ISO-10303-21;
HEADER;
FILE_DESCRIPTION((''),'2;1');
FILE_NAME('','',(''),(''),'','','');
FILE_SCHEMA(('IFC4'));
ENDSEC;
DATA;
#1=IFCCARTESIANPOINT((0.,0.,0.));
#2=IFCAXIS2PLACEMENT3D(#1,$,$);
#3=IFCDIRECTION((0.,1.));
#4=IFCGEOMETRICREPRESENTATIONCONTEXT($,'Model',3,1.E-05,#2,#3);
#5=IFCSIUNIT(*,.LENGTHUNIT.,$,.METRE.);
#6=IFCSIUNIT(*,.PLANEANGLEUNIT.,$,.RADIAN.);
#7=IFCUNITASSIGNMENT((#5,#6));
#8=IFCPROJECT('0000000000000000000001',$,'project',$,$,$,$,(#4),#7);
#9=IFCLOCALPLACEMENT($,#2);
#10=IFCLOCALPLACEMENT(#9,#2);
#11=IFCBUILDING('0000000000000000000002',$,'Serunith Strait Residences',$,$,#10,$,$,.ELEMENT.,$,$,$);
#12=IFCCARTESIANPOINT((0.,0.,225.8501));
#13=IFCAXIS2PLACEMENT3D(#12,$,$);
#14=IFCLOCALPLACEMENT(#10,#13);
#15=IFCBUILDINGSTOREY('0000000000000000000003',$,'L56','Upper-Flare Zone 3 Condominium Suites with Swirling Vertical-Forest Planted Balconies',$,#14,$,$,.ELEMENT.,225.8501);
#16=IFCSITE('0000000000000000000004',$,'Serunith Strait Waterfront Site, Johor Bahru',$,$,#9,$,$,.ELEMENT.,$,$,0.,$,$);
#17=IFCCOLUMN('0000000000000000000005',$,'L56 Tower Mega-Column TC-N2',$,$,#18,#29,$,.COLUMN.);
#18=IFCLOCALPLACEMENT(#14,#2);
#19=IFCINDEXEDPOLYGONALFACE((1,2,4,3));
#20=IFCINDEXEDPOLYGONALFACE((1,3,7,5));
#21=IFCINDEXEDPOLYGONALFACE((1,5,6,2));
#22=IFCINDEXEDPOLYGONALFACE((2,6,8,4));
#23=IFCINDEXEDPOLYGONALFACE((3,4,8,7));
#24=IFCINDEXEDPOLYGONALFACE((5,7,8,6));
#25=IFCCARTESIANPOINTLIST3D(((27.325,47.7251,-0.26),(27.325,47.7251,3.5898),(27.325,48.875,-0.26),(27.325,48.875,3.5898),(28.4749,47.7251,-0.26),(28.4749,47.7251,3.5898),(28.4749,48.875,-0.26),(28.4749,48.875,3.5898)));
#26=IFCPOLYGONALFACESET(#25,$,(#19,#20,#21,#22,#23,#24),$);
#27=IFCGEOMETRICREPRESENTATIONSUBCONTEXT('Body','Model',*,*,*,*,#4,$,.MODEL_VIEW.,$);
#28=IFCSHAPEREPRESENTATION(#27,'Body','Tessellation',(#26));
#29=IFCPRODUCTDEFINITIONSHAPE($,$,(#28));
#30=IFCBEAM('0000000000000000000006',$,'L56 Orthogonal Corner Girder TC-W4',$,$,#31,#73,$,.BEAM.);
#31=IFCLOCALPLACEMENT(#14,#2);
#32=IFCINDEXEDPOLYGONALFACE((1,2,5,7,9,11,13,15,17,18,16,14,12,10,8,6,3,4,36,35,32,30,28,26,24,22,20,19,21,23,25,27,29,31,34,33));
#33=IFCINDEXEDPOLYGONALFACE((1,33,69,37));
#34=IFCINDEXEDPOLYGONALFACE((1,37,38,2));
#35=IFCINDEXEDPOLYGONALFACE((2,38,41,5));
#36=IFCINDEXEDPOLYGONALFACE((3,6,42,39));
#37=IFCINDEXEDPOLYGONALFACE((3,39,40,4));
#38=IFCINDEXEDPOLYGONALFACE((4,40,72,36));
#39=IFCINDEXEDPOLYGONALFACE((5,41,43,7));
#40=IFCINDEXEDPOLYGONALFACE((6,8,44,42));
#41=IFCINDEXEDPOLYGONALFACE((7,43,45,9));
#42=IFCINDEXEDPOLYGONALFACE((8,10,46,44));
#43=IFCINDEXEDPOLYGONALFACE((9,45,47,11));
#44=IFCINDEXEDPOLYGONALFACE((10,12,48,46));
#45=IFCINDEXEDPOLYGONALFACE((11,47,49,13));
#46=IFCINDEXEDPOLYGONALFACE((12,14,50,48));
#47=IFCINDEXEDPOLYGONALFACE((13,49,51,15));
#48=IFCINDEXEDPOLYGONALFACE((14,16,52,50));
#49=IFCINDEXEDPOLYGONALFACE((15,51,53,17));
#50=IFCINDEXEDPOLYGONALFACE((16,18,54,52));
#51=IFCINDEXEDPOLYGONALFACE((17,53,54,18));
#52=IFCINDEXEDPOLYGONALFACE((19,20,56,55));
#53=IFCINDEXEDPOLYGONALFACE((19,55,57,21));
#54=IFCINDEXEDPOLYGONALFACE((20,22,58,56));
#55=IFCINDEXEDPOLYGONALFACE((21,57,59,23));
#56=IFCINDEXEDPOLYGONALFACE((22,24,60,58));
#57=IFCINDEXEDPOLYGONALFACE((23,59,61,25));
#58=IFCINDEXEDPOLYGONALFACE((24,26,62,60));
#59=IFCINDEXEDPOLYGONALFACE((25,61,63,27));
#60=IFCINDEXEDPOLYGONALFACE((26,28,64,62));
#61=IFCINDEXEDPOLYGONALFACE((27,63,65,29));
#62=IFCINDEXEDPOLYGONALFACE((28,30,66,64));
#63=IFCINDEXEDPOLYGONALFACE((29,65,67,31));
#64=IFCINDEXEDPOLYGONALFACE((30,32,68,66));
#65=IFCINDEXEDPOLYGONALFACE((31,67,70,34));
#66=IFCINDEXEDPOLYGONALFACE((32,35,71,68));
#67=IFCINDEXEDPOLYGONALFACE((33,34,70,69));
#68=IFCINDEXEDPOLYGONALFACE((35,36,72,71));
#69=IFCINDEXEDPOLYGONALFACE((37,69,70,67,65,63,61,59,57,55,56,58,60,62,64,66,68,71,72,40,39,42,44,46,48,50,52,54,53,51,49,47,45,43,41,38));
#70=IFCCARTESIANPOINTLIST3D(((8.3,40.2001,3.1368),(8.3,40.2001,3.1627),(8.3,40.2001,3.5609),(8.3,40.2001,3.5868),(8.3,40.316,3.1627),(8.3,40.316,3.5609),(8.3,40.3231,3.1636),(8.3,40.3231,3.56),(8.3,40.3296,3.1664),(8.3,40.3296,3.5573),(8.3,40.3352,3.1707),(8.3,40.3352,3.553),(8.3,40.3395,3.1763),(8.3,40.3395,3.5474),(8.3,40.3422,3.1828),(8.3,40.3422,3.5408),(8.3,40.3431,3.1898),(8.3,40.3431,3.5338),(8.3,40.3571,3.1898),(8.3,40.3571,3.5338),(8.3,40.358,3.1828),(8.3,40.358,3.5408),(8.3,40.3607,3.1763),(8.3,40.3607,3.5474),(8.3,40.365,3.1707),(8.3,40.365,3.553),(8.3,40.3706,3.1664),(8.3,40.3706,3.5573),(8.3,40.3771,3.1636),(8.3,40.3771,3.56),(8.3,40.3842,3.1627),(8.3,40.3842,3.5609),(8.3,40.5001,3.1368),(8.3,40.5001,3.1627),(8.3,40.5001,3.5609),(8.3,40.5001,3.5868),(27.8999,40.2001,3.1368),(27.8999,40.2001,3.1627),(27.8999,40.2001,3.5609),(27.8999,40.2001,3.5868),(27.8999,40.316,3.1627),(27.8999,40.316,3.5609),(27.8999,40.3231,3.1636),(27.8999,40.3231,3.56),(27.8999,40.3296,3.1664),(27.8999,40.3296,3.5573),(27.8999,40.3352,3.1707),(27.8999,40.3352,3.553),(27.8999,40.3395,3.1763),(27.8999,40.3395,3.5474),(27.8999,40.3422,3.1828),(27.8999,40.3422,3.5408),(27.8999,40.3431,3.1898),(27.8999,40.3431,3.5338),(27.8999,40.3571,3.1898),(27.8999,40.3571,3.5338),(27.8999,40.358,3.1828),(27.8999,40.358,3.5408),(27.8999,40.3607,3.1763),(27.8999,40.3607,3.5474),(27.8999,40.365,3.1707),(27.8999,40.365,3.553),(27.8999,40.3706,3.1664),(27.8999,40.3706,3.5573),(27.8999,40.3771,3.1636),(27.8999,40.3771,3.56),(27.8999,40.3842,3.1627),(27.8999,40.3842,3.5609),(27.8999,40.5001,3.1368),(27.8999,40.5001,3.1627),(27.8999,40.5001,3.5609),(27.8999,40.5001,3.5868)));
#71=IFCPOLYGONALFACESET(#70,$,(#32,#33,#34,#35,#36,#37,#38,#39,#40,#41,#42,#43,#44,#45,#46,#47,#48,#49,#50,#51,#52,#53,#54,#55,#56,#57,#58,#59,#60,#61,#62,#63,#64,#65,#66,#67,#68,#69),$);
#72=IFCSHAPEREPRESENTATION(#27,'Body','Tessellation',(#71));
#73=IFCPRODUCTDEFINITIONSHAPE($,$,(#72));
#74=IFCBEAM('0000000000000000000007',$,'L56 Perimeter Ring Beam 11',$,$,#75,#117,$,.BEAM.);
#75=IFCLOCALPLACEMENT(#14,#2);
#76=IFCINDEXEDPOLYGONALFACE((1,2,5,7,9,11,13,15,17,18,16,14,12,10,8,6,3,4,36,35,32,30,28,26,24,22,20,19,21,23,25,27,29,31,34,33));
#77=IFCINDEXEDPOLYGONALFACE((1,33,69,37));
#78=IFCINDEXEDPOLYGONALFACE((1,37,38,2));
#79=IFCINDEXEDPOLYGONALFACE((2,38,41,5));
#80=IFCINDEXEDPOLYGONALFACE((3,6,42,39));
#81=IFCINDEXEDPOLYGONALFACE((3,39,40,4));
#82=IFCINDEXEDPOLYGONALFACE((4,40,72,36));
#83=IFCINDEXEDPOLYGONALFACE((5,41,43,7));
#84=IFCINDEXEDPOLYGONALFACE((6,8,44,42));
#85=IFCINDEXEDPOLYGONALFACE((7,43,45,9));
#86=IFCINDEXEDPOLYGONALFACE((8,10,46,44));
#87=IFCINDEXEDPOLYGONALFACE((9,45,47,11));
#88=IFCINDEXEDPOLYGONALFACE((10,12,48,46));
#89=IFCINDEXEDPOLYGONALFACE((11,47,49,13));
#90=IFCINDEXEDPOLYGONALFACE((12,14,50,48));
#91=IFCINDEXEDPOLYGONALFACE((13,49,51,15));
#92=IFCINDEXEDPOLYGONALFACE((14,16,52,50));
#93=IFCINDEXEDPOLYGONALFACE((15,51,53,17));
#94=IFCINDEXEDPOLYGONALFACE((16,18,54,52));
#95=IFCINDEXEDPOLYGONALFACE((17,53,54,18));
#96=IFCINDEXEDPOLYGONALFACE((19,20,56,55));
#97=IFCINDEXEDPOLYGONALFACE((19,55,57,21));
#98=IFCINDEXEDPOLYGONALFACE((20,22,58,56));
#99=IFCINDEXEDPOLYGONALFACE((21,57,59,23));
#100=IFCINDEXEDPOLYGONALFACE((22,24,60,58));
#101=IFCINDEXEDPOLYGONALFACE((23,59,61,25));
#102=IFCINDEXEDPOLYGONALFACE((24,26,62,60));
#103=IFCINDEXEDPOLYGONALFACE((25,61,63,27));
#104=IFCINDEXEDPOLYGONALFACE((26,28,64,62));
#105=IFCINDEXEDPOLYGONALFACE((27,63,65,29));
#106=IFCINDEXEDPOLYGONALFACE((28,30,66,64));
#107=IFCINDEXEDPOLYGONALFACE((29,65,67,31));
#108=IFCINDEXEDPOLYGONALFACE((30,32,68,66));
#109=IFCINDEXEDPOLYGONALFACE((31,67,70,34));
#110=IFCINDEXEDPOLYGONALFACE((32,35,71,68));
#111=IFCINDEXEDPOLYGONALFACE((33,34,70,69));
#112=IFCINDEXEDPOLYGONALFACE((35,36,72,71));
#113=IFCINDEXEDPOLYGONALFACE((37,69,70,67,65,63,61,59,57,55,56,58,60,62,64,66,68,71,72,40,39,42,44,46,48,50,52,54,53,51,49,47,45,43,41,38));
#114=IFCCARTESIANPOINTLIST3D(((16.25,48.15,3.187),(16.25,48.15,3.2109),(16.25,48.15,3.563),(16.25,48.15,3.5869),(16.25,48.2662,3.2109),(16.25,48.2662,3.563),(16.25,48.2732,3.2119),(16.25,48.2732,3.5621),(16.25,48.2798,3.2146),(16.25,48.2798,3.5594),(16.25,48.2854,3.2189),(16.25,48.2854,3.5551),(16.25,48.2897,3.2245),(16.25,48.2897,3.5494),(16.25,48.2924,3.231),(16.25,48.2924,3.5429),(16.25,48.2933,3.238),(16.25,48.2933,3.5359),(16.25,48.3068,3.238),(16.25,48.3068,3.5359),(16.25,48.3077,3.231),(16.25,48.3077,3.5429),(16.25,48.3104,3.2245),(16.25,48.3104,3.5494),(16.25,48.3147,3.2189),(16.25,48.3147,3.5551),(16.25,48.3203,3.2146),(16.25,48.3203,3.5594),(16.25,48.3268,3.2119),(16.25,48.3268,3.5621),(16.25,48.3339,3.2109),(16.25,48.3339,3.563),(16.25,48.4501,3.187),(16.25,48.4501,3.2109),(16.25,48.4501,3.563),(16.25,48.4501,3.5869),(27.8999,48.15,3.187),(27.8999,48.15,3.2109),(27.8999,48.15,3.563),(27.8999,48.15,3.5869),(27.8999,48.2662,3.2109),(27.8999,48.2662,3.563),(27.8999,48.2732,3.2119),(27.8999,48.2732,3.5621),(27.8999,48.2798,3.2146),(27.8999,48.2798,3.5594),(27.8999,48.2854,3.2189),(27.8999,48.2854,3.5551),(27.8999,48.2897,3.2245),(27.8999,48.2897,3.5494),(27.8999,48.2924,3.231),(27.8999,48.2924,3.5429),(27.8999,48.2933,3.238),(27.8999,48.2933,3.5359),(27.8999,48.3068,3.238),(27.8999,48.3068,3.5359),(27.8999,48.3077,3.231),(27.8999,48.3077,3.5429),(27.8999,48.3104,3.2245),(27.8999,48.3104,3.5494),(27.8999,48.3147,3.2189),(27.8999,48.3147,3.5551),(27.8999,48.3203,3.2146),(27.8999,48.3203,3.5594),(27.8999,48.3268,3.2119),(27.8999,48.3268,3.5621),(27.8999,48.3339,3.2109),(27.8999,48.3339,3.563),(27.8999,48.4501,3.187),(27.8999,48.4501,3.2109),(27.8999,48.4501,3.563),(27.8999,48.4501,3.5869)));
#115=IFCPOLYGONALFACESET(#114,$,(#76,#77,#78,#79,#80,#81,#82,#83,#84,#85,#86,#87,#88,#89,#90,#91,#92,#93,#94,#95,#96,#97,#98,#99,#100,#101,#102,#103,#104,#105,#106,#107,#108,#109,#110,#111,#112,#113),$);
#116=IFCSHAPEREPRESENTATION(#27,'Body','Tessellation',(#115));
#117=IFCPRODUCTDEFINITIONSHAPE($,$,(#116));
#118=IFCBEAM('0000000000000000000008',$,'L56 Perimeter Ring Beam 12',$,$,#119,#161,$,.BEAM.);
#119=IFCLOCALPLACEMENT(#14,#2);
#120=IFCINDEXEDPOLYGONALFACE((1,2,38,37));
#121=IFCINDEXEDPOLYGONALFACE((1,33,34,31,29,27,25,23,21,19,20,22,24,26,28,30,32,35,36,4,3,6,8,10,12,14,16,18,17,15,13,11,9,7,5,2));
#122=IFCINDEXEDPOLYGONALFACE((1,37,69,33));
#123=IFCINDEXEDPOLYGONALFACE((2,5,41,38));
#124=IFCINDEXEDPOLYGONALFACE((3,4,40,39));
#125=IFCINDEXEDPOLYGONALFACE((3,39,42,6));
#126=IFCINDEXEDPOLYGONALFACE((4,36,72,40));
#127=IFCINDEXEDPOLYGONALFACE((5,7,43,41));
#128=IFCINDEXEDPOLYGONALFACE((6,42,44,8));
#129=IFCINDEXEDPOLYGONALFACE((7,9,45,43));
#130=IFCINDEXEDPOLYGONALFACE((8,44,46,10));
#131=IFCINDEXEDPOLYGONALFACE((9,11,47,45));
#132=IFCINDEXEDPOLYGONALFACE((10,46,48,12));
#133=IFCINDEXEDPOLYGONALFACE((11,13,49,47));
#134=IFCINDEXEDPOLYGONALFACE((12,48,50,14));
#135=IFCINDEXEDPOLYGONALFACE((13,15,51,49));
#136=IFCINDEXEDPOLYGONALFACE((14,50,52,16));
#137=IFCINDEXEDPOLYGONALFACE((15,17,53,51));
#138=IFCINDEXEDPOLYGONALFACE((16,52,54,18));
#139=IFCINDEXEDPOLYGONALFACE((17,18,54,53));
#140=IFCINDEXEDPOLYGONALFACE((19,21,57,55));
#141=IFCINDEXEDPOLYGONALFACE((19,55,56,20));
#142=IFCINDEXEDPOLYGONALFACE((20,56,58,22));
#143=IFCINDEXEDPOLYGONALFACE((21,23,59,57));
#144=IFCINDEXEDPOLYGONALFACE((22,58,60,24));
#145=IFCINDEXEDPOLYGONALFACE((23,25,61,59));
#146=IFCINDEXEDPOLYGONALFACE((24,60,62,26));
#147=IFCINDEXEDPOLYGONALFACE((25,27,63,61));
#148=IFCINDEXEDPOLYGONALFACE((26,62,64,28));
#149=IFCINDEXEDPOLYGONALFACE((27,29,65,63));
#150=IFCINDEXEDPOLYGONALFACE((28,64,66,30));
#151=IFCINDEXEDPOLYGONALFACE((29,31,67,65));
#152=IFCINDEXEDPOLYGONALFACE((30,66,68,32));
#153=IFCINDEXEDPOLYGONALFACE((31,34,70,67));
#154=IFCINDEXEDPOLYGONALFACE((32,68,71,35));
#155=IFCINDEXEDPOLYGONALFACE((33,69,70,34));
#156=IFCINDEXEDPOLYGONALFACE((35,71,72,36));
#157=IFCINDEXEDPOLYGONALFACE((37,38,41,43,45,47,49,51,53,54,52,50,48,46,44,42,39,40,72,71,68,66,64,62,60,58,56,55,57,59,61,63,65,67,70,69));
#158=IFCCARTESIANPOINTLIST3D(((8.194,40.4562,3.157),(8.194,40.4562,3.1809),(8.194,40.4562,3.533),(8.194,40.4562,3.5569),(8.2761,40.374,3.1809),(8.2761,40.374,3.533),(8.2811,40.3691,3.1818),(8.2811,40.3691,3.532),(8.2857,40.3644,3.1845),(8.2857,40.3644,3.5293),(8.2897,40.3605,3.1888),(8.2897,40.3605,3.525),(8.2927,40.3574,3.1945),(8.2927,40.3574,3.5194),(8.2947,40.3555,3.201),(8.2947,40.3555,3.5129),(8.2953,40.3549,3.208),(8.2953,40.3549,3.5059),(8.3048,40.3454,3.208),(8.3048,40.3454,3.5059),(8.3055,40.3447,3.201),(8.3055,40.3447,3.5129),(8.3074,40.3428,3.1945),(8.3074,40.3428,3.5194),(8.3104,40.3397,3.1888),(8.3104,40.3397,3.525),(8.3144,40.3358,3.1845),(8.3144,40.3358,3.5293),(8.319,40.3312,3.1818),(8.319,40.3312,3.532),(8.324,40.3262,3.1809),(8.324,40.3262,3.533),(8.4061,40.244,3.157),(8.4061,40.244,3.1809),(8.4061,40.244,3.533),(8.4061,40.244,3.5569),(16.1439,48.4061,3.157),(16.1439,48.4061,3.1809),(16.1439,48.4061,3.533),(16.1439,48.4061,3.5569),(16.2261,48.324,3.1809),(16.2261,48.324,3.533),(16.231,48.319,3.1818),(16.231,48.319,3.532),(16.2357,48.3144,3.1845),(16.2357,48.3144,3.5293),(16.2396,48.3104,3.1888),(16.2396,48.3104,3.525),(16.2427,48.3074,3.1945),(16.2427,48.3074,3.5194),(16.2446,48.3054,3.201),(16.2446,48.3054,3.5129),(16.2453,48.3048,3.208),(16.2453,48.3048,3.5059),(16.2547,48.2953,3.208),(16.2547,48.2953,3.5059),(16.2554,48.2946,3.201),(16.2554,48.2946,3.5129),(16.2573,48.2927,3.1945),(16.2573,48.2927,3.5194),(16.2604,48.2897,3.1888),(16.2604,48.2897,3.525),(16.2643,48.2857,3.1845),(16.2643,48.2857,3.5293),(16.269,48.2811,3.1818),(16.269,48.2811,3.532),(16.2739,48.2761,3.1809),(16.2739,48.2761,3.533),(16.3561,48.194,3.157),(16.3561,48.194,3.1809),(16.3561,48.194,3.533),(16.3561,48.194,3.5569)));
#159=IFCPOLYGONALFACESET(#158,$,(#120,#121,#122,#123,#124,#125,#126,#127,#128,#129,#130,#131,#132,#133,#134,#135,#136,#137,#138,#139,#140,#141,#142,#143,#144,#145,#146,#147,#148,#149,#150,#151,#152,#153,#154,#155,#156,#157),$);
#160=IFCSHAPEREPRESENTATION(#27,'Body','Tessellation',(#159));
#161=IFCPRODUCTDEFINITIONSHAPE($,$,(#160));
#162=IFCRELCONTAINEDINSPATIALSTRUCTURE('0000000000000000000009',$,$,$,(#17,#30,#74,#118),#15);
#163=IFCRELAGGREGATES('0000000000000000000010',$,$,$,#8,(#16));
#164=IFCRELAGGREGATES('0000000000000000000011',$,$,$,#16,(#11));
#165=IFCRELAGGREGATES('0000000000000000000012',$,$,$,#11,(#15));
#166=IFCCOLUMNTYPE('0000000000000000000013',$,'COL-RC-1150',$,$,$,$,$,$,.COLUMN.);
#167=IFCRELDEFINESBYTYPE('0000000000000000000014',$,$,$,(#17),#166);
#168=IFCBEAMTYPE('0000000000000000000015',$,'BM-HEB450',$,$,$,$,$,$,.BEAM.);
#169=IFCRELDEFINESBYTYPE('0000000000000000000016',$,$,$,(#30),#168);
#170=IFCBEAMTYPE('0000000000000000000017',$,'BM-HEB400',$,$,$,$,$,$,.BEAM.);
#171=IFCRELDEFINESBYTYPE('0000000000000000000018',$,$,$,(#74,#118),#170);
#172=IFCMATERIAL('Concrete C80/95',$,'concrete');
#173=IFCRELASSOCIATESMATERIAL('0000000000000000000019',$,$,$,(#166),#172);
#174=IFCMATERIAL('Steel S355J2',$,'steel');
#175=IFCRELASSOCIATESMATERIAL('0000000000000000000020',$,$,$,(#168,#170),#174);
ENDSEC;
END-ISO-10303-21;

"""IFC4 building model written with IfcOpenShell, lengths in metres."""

from ifc_helpers import new_model, si_unit, direction, frame, origin, origin_2d, place, context, subcontext, project, spatial, rectangle, i_section, extrude, source, transform, mapped, material, material_profile, profile_set, type_object, element, save


model = new_model("IFC4")

# Units and contexts
model_context = context("Model", 3, precision=1e-05, world=origin(), true_north=direction((0.0, 1.0)))
body_context = subcontext(model_context, "Body", "Model", "MODEL_VIEW")
ifc_project = project(units=[si_unit("LENGTHUNIT", "METRE"), si_unit("PLANEANGLEUNIT", "RADIAN")], contexts=[model_context])

# Site, building, storey
site_placement = place(None, origin())
site = spatial("IfcSite", under=ifc_project, at=site_placement, Name="Serunith Strait Waterfront Site, Johor Bahru", CompositionType="ELEMENT", RefElevation=0.0)
building_placement = place(site_placement, origin())
building = spatial("IfcBuilding", under=site, at=building_placement, Name="Serunith Strait Residences", CompositionType="ELEMENT")
storey_placement = place(building_placement, frame((0.0, 0.0, 225.8501)))
storey = spatial("IfcBuildingStorey", under=building, at=storey_placement, Name="L56", Description="Upper-Flare Zone 3 Condominium Suites with Swirling Vertical-Forest Planted Balconies", CompositionType="ELEMENT", Elevation=225.8501)

# Column
ifc_material_1 = material(Name="Concrete C80/95", Category="concrete")
ifc_material_profile_1 = material_profile(ifc_material_1, rectangle(XDim=1.1499, YDim=1.1499, at=origin_2d()), Name="RC 1150x1150")
ifc_profile_set_1 = profile_set([ifc_material_profile_1], Name="Concrete C80/95")
column_type = type_object("IfcColumnType", Name="COL-RC-1150", PredefinedType="COLUMN", material=ifc_profile_set_1)
shared_shape_1 = source(origin(), body_context, "Body", "SweptSolid", [
    extrude(rectangle(XDim=1.1499, YDim=1.1499, at=origin_2d()), origin(), (0.0, 0.0, 1.0), 3.8499),
])
column_placement = place(storey_placement, frame((27.8999, 48.3, -0.26), z_axis=(0.0, 0.0, 1.0), x_axis=(1.0, 0.0, 0.0)))
element("IfcColumn", 1, at=column_placement, inside=storey, type_object=column_type, Name="L56 Tower Mega-Column TC-N2", PredefinedType="COLUMN", context=body_context, shape_type="MappedRepresentation", body=[
    mapped(shared_shape_1, transform((0.0, 0.0, 0.0), scale=1.0)),
])

# Beams
ifc_material_2 = material(Name="Steel S355J2", Category="steel")
ifc_material_profile_2 = material_profile(ifc_material_2, i_section(OverallWidth=0.3, OverallDepth=0.45, WebThickness=0.0139, FlangeThickness=0.0259, FilletRadius=0.0271, at=origin_2d()), Name="HEB 450")
ifc_profile_set_2 = profile_set([ifc_material_profile_2], Name="Steel S355J2")
beam_type_1 = type_object("IfcBeamType", Name="BM-HEB450", PredefinedType="BEAM", material=ifc_profile_set_2)
shared_shape_2 = source(origin(), body_context, "Body", "SweptSolid", [
    extrude(i_section(OverallWidth=0.3, OverallDepth=0.45, WebThickness=0.0139, FlangeThickness=0.0259, FilletRadius=0.0271, at=origin_2d()), origin(), (0.0, 0.0, 1.0), 19.5999),
])
beam_1_placement = place(storey_placement, frame((27.8999, 40.3501, 3.3618), z_axis=(-1.0, 0.0, 0.0), x_axis=(0.0, -1.0, 0.0)))
element("IfcBeam", 2, at=beam_1_placement, inside=storey, type_object=beam_type_1, Name="L56 Orthogonal Corner Girder TC-W4", PredefinedType="BEAM", context=body_context, shape_type="MappedRepresentation", body=[
    mapped(shared_shape_2, transform((0.0, 0.0, 0.0), scale=1.0)),
])
ifc_material_profile_3 = material_profile(ifc_material_2, i_section(OverallWidth=0.3, OverallDepth=0.3999, WebThickness=0.0134, FlangeThickness=0.0239, FilletRadius=0.0271, at=origin_2d()), Name="HEB 400")
ifc_profile_set_3 = profile_set([ifc_material_profile_3], Name="Steel S355J2")
beam_type_2 = type_object("IfcBeamType", Name="BM-HEB400", PredefinedType="BEAM", material=ifc_profile_set_3)
shared_shape_3 = source(origin(), body_context, "Body", "SweptSolid", [
    extrude(i_section(OverallWidth=0.3, OverallDepth=0.3999, WebThickness=0.0134, FlangeThickness=0.0239, FilletRadius=0.0271, at=origin_2d()), origin(), (0.0, 0.0, 1.0), 11.6499),
])
beam_2_placement = place(storey_placement, frame((27.8999, 48.3, 3.387), z_axis=(-1.0, 0.0, 0.0), x_axis=(0.0, -1.0, 0.0)))
element("IfcBeam", 3, at=beam_2_placement, inside=storey, type_object=beam_type_2, Name="L56 Perimeter Ring Beam 11", PredefinedType="BEAM", context=body_context, shape_type="MappedRepresentation", body=[
    mapped(shared_shape_3, transform((0.0, 0.0, 0.0), scale=1.0)),
])
shared_shape_4 = source(origin(), body_context, "Body", "SweptSolid", [
    extrude(i_section(OverallWidth=0.3, OverallDepth=0.3999, WebThickness=0.0134, FlangeThickness=0.0239, FilletRadius=0.0271, at=origin_2d()), origin(), (0.0, 0.0, 1.0), 11.2429),
])
beam_3_placement = place(storey_placement, frame((16.25, 48.3, 3.3569), z_axis=(-0.707107, -0.707107, 0.0), x_axis=(0.707107, -0.707107, 0.0)))
element("IfcBeam", 4, at=beam_3_placement, inside=storey, type_object=beam_type_2, Name="L56 Perimeter Ring Beam 12", PredefinedType="BEAM", context=body_context, shape_type="MappedRepresentation", body=[
    mapped(shared_shape_4, transform((0.0, 0.0, 0.0), scale=1.0)),
])

save(model, "model.ifc")
